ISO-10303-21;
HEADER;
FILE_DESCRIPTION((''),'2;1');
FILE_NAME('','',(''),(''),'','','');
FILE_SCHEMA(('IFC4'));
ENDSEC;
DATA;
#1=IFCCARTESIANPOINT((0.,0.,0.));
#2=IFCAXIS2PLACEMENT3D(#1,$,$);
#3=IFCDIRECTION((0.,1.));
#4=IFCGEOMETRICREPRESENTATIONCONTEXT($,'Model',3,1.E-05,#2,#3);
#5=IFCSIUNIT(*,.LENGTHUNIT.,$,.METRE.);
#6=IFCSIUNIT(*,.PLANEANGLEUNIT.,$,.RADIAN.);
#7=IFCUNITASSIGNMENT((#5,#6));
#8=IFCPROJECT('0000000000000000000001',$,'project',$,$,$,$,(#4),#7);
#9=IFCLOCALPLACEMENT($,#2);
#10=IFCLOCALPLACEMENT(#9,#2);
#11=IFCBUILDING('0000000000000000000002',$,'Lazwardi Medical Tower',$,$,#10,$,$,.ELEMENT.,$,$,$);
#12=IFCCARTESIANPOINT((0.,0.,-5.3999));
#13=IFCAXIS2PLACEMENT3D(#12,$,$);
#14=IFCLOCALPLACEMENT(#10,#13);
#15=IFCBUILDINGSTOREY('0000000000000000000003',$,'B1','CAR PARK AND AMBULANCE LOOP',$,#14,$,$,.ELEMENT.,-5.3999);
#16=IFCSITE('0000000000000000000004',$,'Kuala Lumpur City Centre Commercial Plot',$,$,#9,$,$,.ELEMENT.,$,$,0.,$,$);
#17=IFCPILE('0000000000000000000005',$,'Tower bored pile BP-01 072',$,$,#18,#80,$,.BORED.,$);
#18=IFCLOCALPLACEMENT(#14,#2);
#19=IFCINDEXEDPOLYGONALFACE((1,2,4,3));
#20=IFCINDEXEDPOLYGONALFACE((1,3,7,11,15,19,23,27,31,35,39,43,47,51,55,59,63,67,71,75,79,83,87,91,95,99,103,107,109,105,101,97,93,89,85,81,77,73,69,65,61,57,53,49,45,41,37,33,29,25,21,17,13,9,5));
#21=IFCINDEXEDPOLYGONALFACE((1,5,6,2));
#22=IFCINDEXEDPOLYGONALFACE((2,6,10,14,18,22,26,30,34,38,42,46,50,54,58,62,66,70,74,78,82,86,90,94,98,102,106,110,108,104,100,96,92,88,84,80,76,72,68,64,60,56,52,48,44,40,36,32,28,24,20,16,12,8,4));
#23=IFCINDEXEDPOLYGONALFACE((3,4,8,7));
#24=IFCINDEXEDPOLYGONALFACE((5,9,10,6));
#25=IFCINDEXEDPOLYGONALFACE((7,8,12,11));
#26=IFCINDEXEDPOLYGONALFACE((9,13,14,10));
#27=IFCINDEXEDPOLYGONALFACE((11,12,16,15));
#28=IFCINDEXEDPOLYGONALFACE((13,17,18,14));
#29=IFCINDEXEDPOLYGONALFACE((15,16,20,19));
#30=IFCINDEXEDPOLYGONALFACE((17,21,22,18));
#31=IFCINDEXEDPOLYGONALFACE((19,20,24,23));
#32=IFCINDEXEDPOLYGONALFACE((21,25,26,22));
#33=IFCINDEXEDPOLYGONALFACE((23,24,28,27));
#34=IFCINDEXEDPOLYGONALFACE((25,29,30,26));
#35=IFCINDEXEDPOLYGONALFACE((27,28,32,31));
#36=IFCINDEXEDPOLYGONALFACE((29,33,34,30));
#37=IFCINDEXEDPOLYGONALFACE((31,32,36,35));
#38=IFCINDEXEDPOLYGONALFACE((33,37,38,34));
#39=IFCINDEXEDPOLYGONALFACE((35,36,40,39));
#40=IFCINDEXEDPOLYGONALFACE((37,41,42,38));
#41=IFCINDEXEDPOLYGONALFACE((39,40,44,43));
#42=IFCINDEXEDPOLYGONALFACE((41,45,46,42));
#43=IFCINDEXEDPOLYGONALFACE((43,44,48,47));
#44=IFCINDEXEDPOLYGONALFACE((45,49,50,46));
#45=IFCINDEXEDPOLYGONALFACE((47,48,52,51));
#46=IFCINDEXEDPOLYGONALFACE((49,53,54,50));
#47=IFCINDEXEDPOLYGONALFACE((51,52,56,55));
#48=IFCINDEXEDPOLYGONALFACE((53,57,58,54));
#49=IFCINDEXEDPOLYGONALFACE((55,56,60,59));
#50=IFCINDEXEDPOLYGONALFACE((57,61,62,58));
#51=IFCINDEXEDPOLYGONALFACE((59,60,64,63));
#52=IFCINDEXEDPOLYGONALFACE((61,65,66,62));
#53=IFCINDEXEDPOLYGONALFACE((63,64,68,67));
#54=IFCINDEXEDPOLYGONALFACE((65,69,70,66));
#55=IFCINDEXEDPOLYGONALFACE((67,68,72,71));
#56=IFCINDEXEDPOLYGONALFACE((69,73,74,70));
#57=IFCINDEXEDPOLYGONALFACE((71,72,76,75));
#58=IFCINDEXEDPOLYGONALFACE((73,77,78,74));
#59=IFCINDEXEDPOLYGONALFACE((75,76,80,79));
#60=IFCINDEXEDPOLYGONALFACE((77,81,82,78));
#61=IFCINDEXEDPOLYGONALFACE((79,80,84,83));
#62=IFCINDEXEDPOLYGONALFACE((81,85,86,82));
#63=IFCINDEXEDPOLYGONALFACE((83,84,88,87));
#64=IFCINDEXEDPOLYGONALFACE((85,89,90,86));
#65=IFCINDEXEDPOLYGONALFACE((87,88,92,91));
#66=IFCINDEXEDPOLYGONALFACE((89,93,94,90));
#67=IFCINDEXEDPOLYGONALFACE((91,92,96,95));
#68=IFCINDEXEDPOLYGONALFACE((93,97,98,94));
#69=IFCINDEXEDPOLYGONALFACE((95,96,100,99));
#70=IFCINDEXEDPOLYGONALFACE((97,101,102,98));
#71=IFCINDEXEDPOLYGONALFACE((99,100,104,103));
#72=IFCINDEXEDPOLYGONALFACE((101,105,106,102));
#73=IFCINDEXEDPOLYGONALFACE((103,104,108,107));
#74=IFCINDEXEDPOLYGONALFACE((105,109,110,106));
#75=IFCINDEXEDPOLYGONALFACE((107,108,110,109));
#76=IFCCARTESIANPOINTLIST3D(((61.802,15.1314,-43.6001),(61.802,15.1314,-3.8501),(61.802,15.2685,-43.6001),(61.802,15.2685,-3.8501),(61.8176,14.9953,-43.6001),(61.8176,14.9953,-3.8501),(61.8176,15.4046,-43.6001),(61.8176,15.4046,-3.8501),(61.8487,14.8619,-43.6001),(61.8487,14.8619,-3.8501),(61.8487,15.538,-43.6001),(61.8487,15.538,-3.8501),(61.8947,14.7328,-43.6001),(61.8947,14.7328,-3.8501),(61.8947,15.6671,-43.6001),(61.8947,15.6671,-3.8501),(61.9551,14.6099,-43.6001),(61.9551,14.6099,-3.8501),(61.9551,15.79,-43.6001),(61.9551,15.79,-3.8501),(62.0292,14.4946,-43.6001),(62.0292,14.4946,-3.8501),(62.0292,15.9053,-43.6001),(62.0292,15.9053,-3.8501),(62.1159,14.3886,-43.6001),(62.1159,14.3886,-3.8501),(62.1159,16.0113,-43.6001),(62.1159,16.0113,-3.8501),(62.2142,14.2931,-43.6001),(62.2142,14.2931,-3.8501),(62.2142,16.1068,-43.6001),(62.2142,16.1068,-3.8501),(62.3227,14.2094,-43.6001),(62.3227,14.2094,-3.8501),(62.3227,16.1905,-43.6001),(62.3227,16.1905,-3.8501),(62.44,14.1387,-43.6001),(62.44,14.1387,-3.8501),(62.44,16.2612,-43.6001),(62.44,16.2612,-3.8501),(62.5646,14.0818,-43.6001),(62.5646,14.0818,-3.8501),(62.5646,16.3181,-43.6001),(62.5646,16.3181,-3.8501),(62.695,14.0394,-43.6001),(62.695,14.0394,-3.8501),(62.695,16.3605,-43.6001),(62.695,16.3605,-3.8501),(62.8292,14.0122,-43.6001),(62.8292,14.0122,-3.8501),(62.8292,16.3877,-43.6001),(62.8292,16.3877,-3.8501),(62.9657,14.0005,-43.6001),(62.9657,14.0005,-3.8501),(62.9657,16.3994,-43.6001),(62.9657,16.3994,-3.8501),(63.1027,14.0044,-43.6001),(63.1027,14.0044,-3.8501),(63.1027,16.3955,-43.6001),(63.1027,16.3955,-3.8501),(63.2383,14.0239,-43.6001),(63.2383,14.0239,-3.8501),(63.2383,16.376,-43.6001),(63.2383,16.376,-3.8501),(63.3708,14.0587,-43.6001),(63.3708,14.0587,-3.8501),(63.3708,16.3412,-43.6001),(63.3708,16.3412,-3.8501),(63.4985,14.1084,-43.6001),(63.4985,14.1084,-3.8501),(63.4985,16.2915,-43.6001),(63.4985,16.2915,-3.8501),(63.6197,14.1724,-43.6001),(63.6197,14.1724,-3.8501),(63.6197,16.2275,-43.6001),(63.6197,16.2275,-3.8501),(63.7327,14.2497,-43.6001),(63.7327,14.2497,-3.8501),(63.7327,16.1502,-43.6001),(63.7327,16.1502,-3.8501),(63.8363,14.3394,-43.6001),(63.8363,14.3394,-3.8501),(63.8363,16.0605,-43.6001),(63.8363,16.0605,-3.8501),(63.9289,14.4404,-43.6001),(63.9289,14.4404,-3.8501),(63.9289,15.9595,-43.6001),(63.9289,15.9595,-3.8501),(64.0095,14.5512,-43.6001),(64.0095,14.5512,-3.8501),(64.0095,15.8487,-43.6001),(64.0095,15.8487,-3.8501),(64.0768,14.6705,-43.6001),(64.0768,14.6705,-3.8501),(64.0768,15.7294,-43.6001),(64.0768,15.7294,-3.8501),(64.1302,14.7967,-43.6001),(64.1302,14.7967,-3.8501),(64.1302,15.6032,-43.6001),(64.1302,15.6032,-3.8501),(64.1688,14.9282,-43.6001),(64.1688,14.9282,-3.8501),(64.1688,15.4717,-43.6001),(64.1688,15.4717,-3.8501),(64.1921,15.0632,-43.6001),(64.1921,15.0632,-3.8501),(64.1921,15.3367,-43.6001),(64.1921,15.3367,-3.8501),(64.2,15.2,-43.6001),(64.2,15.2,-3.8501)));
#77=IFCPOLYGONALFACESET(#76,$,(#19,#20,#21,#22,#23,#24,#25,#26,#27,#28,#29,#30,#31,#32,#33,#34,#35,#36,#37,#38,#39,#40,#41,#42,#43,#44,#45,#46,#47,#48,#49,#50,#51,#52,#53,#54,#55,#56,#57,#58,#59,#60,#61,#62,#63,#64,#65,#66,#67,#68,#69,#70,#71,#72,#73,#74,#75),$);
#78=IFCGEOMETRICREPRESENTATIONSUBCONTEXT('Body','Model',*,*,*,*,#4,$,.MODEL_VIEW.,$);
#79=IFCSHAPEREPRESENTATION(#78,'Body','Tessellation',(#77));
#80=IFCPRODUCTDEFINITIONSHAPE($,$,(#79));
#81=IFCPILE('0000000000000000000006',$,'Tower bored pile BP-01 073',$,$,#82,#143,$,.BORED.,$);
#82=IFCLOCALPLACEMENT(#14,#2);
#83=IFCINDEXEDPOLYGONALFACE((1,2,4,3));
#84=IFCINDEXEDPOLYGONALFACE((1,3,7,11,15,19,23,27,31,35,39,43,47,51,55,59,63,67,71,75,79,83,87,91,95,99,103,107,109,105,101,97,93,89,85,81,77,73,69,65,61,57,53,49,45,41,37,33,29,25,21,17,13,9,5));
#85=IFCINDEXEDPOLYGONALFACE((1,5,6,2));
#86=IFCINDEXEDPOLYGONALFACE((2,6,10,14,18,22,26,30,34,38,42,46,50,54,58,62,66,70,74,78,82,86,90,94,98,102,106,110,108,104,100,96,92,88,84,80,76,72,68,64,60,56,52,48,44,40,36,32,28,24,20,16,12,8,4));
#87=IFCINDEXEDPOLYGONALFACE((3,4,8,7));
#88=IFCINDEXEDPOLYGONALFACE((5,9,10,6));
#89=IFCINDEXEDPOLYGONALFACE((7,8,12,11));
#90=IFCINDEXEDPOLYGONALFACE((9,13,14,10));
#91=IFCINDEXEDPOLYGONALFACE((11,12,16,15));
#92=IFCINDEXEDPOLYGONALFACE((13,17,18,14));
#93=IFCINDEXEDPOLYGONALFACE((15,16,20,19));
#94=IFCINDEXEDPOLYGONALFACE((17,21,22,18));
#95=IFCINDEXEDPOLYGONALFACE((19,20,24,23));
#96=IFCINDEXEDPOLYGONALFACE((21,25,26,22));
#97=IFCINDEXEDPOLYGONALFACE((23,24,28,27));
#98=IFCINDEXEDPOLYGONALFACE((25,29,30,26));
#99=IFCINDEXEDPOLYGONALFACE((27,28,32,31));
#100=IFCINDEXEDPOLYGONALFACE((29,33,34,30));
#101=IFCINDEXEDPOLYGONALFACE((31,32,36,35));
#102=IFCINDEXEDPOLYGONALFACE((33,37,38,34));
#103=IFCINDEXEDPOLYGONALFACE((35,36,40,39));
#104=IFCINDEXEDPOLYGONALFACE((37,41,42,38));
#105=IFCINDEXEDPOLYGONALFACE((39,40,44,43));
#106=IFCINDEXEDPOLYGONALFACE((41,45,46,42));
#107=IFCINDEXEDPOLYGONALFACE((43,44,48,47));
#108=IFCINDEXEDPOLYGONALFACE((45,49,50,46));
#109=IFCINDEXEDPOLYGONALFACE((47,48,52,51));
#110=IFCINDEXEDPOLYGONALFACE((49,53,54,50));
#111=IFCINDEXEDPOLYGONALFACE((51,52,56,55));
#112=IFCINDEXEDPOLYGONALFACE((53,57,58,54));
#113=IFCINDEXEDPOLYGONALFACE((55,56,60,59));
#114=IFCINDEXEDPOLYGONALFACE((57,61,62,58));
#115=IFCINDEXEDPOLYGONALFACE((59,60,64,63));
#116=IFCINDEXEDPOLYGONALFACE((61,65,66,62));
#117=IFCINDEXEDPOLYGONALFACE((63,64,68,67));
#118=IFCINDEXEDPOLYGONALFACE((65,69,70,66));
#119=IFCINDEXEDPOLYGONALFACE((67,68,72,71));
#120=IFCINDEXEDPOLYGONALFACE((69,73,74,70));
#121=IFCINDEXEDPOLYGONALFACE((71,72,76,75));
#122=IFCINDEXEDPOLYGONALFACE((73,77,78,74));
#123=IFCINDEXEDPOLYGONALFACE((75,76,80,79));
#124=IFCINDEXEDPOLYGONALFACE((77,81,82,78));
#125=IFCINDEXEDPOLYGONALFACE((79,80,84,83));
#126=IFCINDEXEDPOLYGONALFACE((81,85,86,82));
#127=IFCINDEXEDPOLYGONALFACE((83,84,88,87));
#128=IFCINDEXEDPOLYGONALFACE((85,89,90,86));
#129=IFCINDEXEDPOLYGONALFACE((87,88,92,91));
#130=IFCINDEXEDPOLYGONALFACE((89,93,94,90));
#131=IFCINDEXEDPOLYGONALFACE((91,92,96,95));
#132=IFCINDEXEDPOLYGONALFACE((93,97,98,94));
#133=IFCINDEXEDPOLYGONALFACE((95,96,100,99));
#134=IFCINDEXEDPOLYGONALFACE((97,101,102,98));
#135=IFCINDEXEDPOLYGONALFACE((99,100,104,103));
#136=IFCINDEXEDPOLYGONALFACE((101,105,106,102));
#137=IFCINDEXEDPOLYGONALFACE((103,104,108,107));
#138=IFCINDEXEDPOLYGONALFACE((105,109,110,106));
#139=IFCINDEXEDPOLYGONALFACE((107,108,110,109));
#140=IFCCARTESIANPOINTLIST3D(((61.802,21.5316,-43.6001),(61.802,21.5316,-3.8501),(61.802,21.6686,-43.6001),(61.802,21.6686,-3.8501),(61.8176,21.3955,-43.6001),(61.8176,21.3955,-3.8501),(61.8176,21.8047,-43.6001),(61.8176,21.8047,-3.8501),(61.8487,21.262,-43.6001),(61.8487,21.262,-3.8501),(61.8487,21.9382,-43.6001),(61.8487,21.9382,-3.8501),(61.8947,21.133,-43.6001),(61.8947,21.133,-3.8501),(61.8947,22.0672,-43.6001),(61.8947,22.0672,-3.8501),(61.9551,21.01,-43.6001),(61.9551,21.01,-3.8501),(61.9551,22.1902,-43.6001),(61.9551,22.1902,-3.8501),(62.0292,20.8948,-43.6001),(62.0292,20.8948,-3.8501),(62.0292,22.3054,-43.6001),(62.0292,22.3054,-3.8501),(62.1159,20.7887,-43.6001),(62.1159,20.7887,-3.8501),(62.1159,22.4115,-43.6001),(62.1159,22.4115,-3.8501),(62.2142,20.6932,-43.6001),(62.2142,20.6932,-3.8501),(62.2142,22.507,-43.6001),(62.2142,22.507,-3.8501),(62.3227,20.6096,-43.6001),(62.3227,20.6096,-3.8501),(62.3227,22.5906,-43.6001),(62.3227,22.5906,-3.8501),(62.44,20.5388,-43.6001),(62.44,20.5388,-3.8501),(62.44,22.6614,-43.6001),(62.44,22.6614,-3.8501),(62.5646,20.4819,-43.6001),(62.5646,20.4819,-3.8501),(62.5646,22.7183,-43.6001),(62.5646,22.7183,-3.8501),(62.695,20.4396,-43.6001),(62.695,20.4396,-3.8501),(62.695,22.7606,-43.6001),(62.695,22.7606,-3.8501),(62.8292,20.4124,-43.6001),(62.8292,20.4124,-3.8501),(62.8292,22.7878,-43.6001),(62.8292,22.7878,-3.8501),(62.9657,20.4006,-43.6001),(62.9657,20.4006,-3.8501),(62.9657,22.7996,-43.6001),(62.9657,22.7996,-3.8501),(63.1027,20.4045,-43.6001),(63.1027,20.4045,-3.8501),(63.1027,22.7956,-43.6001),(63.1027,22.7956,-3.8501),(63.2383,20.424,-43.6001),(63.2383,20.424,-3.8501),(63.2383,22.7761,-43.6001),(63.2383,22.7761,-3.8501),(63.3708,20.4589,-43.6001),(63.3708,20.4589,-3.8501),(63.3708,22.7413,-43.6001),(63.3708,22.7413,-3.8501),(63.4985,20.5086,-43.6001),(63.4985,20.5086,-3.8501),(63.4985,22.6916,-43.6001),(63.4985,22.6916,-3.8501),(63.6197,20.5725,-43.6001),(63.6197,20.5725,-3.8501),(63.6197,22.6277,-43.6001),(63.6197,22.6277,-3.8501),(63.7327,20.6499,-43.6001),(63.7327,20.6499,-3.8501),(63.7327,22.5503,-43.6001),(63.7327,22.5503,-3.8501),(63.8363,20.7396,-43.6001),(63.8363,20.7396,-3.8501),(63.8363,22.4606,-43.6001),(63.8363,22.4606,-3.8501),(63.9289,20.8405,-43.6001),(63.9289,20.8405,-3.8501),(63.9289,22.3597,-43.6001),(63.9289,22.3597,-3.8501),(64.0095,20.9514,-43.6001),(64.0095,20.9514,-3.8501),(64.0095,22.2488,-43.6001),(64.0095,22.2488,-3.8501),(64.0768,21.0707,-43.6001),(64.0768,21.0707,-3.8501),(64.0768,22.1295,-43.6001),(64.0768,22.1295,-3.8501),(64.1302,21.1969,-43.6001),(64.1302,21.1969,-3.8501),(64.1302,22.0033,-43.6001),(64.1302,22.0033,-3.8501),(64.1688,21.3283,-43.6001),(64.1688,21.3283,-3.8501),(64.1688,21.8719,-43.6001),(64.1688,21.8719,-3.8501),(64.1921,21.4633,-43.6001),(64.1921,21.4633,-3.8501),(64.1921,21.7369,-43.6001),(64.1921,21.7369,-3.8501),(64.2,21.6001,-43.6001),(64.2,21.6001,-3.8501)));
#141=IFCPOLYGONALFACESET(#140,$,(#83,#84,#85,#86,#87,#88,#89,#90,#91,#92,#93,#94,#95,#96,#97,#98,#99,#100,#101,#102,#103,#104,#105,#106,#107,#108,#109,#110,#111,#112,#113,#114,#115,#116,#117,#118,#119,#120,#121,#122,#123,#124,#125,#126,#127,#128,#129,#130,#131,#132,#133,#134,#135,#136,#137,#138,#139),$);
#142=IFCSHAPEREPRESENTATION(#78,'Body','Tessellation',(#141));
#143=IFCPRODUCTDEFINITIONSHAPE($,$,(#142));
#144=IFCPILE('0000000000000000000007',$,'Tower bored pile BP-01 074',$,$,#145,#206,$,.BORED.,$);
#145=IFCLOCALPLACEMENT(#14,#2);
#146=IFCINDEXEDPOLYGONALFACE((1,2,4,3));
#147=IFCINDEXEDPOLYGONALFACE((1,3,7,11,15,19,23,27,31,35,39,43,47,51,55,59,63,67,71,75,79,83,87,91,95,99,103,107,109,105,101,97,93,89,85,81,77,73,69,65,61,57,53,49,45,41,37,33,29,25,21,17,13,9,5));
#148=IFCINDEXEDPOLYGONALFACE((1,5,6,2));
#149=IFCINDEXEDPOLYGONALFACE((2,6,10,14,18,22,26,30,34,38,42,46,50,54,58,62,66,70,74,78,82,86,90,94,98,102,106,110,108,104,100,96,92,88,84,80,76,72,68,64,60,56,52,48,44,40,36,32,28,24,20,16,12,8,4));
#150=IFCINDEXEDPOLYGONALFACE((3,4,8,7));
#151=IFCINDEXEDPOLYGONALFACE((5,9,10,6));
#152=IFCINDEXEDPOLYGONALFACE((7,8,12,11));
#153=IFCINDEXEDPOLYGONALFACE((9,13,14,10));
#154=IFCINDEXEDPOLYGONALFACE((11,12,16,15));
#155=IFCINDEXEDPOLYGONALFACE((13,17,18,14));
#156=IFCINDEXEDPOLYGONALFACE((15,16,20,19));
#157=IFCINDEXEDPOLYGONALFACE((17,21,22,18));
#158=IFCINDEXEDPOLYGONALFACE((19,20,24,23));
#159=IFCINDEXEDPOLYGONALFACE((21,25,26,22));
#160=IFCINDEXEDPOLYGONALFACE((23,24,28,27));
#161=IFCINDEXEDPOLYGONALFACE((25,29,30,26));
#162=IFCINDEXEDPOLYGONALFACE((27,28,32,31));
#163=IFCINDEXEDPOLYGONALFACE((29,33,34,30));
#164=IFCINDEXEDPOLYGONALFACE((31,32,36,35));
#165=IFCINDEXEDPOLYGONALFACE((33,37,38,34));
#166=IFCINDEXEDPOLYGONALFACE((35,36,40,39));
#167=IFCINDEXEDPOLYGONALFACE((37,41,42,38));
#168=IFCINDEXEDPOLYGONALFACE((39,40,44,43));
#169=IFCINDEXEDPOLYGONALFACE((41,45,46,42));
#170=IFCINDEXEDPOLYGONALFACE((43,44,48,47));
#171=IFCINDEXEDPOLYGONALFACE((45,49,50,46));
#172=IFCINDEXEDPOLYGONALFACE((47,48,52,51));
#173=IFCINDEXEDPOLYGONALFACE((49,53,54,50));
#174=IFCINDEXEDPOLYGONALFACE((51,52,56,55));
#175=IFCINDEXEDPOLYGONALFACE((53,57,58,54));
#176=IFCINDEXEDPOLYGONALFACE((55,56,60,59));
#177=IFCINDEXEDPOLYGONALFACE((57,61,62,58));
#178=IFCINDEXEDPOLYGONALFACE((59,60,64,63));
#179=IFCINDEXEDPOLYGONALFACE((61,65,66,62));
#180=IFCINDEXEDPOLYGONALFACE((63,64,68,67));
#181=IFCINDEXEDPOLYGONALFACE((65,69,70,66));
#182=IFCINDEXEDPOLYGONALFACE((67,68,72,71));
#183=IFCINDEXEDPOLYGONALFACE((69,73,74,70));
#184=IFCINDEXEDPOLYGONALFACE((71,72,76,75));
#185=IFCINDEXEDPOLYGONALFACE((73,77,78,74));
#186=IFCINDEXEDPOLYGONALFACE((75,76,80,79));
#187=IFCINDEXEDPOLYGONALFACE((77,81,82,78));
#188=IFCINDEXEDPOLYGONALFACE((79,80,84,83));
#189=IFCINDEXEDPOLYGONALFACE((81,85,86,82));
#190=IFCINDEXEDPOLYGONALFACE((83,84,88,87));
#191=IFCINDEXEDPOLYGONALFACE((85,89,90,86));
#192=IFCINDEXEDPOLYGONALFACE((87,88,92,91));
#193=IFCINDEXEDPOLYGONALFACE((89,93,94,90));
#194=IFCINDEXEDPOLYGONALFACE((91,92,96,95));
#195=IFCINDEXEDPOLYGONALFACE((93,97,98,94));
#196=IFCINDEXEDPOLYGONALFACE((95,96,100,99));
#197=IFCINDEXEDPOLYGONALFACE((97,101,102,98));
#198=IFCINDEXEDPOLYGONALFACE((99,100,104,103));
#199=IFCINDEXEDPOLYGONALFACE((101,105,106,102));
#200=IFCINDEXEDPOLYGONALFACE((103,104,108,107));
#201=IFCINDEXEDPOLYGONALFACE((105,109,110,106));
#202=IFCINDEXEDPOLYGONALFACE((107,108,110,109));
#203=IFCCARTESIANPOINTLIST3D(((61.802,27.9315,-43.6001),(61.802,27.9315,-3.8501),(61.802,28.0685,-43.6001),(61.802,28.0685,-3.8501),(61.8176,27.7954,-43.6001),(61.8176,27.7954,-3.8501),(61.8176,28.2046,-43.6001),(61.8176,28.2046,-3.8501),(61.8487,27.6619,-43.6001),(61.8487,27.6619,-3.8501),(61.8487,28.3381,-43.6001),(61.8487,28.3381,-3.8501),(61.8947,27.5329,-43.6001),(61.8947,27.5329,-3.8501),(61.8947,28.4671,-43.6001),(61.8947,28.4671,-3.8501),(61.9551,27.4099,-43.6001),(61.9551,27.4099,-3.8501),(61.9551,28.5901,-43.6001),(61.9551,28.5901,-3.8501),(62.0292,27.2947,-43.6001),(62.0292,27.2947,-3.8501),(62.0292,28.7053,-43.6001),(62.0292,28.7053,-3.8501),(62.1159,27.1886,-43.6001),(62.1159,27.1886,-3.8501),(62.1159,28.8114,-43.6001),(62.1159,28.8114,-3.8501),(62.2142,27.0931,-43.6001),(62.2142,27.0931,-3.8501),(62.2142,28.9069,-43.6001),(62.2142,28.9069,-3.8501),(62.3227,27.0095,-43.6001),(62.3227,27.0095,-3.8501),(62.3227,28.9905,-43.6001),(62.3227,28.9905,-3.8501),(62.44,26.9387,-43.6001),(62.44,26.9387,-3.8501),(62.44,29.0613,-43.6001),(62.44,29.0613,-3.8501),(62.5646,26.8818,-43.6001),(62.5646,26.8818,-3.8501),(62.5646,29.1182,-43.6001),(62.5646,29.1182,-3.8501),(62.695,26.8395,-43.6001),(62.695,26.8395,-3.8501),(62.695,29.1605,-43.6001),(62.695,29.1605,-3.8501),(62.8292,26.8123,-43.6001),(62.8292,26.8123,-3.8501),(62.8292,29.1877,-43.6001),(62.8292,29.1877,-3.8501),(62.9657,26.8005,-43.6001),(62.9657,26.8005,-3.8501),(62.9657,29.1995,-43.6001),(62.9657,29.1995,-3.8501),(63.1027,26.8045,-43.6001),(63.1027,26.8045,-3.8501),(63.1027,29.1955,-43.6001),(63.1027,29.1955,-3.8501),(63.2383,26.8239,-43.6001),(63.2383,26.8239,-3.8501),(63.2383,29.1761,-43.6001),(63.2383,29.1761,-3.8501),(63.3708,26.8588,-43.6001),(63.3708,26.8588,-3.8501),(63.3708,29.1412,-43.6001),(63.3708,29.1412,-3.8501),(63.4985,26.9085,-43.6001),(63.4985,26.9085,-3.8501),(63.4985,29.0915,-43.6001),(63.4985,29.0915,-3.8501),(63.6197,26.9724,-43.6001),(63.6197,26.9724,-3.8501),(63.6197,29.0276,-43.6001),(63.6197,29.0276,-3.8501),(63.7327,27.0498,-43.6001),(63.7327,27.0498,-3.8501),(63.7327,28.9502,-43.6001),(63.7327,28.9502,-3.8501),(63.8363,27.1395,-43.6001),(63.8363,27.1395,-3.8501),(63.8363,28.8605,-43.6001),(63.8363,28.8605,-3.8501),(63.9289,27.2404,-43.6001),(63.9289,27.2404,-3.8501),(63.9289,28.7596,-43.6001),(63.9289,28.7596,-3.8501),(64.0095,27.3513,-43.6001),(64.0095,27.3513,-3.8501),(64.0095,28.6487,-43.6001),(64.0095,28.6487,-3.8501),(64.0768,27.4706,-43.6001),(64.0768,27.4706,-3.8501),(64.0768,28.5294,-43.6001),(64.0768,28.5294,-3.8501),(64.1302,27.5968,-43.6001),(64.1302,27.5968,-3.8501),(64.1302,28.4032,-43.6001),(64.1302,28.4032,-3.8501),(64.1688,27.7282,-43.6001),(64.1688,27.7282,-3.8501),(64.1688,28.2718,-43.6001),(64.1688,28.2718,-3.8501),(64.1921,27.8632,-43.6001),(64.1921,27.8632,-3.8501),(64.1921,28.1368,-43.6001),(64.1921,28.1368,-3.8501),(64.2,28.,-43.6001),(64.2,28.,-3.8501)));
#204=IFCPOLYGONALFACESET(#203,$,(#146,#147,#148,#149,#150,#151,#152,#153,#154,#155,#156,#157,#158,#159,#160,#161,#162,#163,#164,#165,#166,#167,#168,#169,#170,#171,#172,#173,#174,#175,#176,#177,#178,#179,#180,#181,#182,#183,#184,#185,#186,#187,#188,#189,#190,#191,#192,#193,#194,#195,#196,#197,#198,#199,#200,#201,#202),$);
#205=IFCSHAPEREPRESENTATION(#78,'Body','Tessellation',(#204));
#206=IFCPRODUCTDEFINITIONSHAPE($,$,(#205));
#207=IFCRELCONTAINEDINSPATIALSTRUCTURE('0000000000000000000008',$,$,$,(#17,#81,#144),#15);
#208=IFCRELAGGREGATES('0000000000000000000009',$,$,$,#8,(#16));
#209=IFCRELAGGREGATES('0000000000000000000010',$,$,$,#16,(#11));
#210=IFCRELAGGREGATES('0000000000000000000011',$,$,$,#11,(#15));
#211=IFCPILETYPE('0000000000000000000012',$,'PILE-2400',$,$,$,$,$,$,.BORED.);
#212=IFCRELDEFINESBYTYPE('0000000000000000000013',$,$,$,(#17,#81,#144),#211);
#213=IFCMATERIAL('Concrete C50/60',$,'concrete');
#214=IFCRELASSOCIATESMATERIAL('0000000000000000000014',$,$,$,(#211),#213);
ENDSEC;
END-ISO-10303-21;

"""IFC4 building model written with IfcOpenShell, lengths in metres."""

from ifc_helpers import new_model, si_unit, direction, frame, origin, origin_2d, place, context, subcontext, project, spatial, circle, extrude, material, material_profile, profile_set, type_object, element, save


model = new_model("IFC4")

# Units and contexts
model_context = context("Model", 3, precision=1e-05, world=origin(), true_north=direction((0.0, 1.0)))
body_context = subcontext(model_context, "Body", "Model", "MODEL_VIEW")
ifc_project = project(units=[si_unit("LENGTHUNIT", "METRE"), si_unit("PLANEANGLEUNIT", "RADIAN")], contexts=[model_context])

# Site, building, storey
site_placement = place(None, origin())
site = spatial("IfcSite", under=ifc_project, at=site_placement, Name="Kuala Lumpur City Centre Commercial Plot", CompositionType="ELEMENT", RefElevation=0.0)
building_placement = place(site_placement, origin())
building = spatial("IfcBuilding", under=site, at=building_placement, Name="Lazwardi Medical Tower", CompositionType="ELEMENT")
storey_placement = place(building_placement, frame((0.0, 0.0, -5.3999)))
storey = spatial("IfcBuildingStorey", under=building, at=storey_placement, Name="B1", Description="CAR PARK AND AMBULANCE LOOP", CompositionType="ELEMENT", Elevation=-5.3999)

# Piles
ifc_material_1 = material(Name="Concrete C50/60", Category="concrete")
ifc_material_profile_1 = material_profile(ifc_material_1, circle(Radius=1.2, at=origin_2d()), Name="BORED PILE D2400")
ifc_profile_set_1 = profile_set([ifc_material_profile_1], Name="Concrete C50/60")
pile_type = type_object("IfcPileType", Name="PILE-2400", PredefinedType="BORED", material=ifc_profile_set_1)
for number, where, z_axis, x_axis, name in (
    (1, (63.0, 15.2, -3.8501), (0.0, 0.0, -1.0), (1.0, 0.0, 0.0), "Tower bored pile BP-01 072"),
    (2, (63.0, 21.6001, -3.8501), (0.0, 0.0, -1.0), (1.0, 0.0, 0.0), "Tower bored pile BP-01 073"),
    (3, (63.0, 28.0, -3.8501), (0.0, 0.0, -1.0), (1.0, 0.0, 0.0), "Tower bored pile BP-01 074"),
):
    element("IfcPile", number, at=place(storey_placement, frame(where, z_axis=z_axis, x_axis=x_axis)), inside=storey, type_object=pile_type, Name=name, PredefinedType="BORED", context=body_context, shape_type="SweptSolid", body=[
        extrude(circle(Radius=1.2, at=origin_2d()), origin(), (0.0, 0.0, 1.0), 39.75),
    ])

save(model, "model.ifc")
